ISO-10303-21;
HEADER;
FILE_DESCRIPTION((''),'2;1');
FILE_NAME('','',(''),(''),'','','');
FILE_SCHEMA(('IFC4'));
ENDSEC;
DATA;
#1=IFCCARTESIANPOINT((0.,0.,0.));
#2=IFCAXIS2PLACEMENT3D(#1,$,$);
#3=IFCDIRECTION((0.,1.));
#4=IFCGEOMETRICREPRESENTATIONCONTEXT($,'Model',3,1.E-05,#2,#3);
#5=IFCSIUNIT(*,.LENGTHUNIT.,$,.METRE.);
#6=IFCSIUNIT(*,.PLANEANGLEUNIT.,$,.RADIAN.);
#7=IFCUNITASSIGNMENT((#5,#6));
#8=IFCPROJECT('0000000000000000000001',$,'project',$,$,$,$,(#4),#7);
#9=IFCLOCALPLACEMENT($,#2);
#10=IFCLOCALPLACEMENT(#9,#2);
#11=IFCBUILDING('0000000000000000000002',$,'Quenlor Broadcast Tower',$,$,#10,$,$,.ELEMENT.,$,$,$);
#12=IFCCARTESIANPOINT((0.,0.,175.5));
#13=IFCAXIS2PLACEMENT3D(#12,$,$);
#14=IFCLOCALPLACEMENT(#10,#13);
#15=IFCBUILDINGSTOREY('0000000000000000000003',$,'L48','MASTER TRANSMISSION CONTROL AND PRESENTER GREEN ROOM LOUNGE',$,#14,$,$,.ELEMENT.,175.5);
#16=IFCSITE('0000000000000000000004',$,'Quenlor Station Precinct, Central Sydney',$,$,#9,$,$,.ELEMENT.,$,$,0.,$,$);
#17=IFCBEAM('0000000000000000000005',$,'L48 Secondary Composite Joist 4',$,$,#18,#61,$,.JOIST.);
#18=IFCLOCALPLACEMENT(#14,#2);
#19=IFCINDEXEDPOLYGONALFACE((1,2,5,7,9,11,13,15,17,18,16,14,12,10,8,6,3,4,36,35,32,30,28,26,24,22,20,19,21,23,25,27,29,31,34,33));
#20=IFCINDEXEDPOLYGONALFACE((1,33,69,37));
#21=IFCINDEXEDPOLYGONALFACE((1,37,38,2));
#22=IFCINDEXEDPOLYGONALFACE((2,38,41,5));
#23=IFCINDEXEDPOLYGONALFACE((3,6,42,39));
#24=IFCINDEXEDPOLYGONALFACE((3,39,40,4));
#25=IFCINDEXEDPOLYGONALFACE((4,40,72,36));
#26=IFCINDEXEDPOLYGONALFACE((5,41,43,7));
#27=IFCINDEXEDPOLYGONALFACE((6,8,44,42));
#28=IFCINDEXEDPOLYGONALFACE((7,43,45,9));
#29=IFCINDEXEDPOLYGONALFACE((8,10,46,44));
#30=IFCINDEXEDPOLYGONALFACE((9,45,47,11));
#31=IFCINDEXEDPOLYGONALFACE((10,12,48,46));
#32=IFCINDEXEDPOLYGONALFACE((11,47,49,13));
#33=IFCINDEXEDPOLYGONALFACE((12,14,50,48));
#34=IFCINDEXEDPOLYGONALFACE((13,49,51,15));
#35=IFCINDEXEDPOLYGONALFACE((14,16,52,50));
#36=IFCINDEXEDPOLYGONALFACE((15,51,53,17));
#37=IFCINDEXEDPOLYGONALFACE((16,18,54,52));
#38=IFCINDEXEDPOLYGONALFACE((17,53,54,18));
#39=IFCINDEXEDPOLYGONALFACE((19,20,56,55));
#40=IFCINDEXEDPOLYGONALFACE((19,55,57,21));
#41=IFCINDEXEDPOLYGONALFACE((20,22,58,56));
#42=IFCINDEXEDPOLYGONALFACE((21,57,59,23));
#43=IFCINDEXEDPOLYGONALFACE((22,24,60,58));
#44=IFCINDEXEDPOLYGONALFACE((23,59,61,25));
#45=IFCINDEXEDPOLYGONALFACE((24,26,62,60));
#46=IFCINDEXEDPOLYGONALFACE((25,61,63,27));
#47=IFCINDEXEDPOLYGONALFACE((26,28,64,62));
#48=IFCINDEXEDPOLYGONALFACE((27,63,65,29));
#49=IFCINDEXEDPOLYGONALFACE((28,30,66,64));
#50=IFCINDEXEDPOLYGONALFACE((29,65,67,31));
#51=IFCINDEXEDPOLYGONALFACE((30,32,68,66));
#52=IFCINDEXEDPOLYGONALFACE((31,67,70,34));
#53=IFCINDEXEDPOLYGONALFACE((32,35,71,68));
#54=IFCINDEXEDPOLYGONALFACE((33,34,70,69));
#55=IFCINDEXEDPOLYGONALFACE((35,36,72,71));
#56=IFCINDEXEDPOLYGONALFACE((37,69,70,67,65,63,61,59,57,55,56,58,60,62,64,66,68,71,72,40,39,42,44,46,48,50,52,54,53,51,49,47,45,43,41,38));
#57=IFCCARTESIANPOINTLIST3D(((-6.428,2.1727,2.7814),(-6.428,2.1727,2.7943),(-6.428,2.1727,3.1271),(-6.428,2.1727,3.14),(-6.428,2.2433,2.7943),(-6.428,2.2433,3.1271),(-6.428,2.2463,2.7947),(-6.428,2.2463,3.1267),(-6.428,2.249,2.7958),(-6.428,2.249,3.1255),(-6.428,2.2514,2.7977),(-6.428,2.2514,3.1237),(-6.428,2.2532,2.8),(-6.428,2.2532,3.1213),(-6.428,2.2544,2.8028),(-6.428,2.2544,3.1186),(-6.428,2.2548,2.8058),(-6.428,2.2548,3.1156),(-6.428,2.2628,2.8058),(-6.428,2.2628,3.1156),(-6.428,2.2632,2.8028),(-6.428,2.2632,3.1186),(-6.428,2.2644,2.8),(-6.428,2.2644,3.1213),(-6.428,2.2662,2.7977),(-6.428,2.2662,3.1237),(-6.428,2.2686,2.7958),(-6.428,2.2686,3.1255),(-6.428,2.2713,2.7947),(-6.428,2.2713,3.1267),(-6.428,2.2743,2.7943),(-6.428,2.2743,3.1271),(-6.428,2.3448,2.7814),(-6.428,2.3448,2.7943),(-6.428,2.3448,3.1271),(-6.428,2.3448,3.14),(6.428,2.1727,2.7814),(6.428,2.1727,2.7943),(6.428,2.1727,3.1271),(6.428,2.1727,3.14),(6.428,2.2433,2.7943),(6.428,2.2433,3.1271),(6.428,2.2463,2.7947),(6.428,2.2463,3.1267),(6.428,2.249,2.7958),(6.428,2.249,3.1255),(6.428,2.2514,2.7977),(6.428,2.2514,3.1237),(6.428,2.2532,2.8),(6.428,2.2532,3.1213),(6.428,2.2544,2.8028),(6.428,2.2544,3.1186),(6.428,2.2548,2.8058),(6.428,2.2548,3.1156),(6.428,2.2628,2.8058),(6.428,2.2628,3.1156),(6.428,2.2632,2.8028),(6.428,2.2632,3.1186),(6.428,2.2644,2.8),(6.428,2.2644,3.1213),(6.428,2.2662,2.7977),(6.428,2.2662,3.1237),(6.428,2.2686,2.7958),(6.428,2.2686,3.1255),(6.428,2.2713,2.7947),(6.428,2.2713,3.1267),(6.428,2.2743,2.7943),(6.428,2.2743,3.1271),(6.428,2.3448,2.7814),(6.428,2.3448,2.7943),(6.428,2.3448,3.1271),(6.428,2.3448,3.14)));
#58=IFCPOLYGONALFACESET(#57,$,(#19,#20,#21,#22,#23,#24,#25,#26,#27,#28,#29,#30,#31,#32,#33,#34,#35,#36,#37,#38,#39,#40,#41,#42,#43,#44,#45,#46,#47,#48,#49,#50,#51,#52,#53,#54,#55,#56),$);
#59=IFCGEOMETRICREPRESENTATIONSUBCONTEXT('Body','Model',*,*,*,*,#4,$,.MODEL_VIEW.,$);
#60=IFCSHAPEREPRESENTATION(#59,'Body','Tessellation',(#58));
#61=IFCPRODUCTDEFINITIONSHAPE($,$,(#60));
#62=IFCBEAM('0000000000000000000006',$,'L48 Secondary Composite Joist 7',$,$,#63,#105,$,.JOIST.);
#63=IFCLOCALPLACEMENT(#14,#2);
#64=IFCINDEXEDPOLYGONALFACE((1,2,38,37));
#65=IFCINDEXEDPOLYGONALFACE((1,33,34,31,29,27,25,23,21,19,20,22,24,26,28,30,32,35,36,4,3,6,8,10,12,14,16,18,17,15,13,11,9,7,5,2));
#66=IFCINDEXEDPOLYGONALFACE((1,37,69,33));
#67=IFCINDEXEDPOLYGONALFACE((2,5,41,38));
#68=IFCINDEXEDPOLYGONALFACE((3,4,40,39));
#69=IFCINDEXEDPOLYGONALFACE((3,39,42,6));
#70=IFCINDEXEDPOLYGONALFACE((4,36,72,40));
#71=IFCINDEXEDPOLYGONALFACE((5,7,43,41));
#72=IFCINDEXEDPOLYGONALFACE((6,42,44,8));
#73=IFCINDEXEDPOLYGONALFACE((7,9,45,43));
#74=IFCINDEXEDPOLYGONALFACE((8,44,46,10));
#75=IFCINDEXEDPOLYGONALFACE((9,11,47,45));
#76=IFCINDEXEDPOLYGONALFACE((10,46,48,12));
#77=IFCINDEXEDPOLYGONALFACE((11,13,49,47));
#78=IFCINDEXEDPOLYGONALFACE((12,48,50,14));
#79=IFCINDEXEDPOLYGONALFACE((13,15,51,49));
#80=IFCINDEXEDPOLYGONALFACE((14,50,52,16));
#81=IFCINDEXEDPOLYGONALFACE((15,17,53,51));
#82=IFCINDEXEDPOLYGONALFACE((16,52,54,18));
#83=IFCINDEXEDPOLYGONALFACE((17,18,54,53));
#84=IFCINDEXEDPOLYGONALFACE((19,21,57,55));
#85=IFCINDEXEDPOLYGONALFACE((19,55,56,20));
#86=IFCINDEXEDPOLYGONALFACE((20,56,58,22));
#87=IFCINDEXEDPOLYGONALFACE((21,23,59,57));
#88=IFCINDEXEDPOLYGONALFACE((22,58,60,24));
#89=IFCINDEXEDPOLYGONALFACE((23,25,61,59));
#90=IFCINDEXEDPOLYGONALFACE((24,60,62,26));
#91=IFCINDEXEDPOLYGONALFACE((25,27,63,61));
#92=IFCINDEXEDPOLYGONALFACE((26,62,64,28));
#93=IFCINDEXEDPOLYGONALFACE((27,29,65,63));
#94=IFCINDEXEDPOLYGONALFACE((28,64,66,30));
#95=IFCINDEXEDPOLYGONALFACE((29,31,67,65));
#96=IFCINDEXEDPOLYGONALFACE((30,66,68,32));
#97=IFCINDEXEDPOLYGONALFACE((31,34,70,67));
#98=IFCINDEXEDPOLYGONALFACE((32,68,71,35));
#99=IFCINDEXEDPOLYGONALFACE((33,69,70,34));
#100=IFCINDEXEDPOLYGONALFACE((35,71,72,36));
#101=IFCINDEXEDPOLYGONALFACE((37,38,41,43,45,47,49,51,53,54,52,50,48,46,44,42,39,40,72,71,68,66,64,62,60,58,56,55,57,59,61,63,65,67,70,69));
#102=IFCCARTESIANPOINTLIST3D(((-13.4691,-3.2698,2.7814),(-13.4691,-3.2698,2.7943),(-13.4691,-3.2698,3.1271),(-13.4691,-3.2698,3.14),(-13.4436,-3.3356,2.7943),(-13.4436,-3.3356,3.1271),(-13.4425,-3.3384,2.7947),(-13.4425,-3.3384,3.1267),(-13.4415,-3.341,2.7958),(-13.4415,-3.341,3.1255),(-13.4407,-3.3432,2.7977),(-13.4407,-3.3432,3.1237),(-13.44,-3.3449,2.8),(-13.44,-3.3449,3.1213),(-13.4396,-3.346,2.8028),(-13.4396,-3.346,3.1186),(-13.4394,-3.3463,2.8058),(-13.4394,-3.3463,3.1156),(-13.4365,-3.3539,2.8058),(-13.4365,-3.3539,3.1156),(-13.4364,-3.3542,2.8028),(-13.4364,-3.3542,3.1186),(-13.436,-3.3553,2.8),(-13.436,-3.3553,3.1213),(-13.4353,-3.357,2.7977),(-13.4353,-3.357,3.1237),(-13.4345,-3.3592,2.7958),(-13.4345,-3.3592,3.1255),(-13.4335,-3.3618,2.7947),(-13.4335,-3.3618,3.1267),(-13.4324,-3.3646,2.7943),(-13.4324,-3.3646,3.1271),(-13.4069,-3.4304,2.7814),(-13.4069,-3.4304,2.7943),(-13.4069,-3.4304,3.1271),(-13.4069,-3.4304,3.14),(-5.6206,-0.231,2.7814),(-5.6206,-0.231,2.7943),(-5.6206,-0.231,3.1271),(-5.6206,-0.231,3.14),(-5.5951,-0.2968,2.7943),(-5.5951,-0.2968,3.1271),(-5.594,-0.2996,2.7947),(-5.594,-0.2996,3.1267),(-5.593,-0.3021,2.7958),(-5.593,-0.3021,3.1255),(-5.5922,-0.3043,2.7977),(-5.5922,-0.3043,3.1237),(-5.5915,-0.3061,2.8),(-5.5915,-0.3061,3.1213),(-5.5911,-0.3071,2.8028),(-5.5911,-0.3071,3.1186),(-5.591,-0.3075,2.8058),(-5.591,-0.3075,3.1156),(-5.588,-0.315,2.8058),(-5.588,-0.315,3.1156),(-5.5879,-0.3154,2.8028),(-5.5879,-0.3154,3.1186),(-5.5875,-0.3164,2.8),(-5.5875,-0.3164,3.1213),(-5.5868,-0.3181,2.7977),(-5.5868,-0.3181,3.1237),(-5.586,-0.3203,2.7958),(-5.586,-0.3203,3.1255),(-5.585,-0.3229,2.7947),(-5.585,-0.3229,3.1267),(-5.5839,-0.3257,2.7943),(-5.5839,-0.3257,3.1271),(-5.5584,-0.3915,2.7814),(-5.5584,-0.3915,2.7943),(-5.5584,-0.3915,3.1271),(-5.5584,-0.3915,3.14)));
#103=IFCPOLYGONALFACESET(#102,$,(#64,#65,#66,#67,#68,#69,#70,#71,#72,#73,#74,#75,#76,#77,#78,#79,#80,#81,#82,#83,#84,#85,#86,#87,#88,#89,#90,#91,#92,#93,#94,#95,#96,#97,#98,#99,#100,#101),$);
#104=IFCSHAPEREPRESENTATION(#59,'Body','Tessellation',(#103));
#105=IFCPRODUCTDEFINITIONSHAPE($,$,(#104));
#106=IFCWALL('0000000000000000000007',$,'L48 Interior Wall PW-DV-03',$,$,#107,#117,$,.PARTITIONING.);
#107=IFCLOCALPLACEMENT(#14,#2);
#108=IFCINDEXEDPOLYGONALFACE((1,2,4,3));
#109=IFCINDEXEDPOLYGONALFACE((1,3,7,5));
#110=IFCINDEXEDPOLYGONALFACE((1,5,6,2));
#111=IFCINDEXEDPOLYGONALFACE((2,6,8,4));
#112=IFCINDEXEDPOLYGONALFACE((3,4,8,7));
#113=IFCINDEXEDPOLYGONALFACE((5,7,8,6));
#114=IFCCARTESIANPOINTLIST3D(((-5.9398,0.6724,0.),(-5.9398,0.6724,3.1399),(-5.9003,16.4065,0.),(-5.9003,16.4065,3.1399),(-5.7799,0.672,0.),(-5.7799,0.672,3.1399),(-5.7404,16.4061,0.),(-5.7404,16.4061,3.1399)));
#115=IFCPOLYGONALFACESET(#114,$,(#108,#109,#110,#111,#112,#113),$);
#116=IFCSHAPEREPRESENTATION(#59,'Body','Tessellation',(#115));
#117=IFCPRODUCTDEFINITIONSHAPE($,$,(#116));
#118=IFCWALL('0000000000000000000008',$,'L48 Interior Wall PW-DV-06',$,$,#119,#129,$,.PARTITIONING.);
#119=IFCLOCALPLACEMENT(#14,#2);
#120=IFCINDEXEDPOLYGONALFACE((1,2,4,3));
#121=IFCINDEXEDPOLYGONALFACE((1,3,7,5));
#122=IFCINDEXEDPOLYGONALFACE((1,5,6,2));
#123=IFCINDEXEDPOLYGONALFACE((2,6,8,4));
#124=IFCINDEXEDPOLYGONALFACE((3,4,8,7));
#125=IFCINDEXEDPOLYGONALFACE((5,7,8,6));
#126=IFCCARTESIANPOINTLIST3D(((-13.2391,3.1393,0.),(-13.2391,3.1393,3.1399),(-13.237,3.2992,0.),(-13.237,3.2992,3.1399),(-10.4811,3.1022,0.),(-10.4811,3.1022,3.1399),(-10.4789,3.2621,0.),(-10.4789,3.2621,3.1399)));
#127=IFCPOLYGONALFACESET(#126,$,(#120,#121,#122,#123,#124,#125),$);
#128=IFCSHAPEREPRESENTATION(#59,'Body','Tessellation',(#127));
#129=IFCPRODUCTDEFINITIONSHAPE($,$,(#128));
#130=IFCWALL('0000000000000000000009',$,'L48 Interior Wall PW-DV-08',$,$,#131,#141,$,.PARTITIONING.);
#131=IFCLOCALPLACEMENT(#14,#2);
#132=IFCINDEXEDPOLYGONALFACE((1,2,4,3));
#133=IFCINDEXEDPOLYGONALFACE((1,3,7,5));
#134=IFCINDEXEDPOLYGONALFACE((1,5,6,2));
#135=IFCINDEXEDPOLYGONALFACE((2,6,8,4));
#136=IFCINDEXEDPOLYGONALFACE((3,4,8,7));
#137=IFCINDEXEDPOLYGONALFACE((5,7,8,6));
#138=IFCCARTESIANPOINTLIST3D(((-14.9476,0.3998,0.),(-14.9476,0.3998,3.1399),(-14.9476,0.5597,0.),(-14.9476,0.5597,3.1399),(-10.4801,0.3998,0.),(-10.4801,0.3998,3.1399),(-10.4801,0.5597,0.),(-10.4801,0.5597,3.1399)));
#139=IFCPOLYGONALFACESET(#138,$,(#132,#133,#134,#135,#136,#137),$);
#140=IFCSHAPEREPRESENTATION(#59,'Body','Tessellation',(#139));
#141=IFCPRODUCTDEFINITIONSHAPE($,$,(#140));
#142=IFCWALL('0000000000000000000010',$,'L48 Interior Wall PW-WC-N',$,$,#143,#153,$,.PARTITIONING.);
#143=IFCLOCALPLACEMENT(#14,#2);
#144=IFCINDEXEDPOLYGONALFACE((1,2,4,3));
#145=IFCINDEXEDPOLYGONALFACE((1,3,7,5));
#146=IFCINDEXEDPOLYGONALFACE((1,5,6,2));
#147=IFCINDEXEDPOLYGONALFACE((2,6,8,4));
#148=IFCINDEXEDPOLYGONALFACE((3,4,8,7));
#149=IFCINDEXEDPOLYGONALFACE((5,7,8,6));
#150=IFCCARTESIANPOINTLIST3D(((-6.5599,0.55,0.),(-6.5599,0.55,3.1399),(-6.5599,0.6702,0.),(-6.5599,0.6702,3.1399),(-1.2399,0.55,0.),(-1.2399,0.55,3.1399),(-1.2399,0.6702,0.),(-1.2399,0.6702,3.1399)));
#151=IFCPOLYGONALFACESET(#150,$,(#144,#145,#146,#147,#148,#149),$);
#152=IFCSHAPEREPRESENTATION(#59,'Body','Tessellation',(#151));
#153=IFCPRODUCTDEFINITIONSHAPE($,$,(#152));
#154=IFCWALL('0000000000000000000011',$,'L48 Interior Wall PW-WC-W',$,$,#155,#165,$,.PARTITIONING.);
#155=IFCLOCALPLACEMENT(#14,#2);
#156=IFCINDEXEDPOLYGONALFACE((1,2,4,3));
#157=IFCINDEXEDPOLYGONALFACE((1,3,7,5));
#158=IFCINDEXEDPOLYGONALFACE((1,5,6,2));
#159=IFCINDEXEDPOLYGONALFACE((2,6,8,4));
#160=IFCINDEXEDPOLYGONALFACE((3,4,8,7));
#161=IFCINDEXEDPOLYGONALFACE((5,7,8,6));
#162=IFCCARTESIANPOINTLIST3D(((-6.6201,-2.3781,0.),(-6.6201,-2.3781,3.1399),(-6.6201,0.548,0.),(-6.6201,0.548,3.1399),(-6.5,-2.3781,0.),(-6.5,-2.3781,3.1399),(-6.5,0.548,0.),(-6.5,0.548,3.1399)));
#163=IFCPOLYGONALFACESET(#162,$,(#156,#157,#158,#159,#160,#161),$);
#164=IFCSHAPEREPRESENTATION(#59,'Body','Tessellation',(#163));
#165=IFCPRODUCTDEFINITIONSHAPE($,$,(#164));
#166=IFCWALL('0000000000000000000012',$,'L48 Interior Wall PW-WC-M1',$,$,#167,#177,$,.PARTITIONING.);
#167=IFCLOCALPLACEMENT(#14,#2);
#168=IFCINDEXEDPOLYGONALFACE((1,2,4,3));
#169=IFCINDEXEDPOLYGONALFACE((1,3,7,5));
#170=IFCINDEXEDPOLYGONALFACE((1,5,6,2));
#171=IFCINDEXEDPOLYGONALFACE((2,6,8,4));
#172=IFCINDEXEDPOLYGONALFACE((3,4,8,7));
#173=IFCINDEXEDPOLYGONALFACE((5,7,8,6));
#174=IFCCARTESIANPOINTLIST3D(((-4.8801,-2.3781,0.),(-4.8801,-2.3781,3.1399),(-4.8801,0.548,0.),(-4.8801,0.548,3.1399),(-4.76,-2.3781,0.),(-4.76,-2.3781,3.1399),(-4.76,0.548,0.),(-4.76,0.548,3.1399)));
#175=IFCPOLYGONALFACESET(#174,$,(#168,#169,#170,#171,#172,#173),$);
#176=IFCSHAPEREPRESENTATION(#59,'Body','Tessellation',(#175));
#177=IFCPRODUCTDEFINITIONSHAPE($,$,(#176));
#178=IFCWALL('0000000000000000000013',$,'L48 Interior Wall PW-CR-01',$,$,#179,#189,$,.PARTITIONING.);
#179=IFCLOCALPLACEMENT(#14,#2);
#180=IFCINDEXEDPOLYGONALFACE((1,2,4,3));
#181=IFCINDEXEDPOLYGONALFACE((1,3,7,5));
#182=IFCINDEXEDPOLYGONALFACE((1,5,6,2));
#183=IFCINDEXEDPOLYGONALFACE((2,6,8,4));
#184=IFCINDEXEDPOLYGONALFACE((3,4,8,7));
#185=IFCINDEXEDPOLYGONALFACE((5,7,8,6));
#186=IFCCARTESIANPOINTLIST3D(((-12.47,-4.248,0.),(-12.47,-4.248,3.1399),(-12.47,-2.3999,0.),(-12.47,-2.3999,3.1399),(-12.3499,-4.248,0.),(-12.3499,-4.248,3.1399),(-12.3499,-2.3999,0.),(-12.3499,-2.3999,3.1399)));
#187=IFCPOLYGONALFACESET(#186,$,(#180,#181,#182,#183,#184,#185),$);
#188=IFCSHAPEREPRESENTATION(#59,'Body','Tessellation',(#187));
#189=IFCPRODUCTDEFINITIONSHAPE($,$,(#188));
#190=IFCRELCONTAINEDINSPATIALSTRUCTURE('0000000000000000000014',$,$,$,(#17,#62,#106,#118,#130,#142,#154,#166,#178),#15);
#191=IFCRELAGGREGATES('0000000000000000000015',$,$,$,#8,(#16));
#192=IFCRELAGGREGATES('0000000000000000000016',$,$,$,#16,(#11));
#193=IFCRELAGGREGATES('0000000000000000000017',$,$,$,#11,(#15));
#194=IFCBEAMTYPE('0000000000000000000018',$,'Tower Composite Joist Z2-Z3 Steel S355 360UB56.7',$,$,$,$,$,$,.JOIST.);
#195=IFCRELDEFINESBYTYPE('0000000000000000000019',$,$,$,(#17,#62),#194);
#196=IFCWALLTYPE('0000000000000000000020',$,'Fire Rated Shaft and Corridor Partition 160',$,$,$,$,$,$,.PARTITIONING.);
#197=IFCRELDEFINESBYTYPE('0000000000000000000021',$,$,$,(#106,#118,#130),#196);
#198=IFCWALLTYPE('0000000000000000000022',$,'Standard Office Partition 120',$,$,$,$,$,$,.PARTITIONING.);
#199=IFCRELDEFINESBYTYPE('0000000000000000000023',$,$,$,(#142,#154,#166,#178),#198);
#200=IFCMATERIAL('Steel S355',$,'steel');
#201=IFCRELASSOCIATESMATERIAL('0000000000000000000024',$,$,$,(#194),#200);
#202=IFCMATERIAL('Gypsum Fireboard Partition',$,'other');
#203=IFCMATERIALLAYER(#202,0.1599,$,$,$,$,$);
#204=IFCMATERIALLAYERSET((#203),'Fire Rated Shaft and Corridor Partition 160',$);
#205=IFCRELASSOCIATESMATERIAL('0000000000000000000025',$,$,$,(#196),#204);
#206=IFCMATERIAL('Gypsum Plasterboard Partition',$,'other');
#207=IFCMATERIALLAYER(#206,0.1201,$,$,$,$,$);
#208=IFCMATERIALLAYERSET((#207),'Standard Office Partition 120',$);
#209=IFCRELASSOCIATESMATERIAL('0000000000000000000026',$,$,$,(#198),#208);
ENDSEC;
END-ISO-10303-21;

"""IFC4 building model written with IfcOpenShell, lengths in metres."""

from ifc_helpers import new_model, si_unit, direction, frame, frame_2d, origin, origin_2d, place, context, subcontext, project, spatial, rectangle, i_section, extrude, material, layer, layer_set, material_profile, profile_set, type_object, element, save


model = new_model("IFC4")

# Units and contexts
model_context = context("Model", 3, precision=1e-05, world=origin(), true_north=direction((0.0, 1.0)))
body_context = subcontext(model_context, "Body", "Model", "MODEL_VIEW")
ifc_project = project(units=[si_unit("LENGTHUNIT", "METRE"), si_unit("PLANEANGLEUNIT", "RADIAN")], contexts=[model_context])

# Site, building, storey
site_placement = place(None, origin())
site = spatial("IfcSite", under=ifc_project, at=site_placement, Name="Quenlor Station Precinct, Central Sydney", CompositionType="ELEMENT", RefElevation=0.0)
building_placement = place(site_placement, origin())
building = spatial("IfcBuilding", under=site, at=building_placement, Name="Quenlor Broadcast Tower", CompositionType="ELEMENT")
storey_placement = place(building_placement, frame((0.0, 0.0, 175.5)))
storey = spatial("IfcBuildingStorey", under=building, at=storey_placement, Name="L48", Description="MASTER TRANSMISSION CONTROL AND PRESENTER GREEN ROOM LOUNGE", CompositionType="ELEMENT", Elevation=175.5)

# Beams
ifc_material_1 = material(Name="Steel S355", Category="steel")
ifc_material_profile_1 = material_profile(ifc_material_1, i_section(OverallWidth=0.1721, OverallDepth=0.3586, WebThickness=0.0081, FlangeThickness=0.0129, FilletRadius=0.0115, at=origin_2d()))
ifc_profile_set_1 = profile_set([ifc_material_profile_1], Name="Steel S355 360UB56.7")
beam_type = type_object("IfcBeamType", Name="Tower Composite Joist Z2-Z3 Steel S355 360UB56.7", PredefinedType="JOIST", material=ifc_profile_set_1)
beam_1_placement = place(storey_placement, frame((-6.428, 2.2588, 2.9607), z_axis=(1.0, 0.0, 0.0), x_axis=(0.0, 1.0, 0.0)))
element("IfcBeam", 1, at=beam_1_placement, inside=storey, type_object=beam_type, Name="L48 Secondary Composite Joist 4", PredefinedType="JOIST", context=body_context, shape_type="SweptSolid", body=[
    extrude(i_section(OverallWidth=0.1721, OverallDepth=0.3586, WebThickness=0.0081, FlangeThickness=0.0129, FilletRadius=0.0115, at=origin_2d()), origin(), (0.0, 0.0, 1.0), 12.856),
])
beam_2_placement = place(storey_placement, frame((-13.438, -3.3501, 2.9607), z_axis=(0.932539, 0.36107, 0.0), x_axis=(-0.36107, 0.932539, 0.0)))
element("IfcBeam", 2, at=beam_2_placement, inside=storey, type_object=beam_type, Name="L48 Secondary Composite Joist 7", PredefinedType="JOIST", context=body_context, shape_type="SweptSolid", body=[
    extrude(i_section(OverallWidth=0.1721, OverallDepth=0.3586, WebThickness=0.0081, FlangeThickness=0.0129, FilletRadius=0.0115, at=origin_2d()), origin(), (0.0, 0.0, 1.0), 8.4163),
])

# Walls
ifc_material_2 = material(Name="Gypsum Fireboard Partition", Category="other")
ifc_layer_1 = layer(ifc_material_2, 0.1599)
ifc_layer_set_1 = layer_set([ifc_layer_1], Name="Fire Rated Shaft and Corridor Partition 160")
wall_type_1 = type_object("IfcWallType", Name="Fire Rated Shaft and Corridor Partition 160", PredefinedType="PARTITIONING", material=ifc_layer_set_1)
wall_1_placement = place(storey_placement, frame((-5.8599, 0.6721, 0.0), z_axis=(0.0, 0.0, 1.0), x_axis=(0.002514, 0.999997, 0.0)))
element("IfcWall", 3, at=wall_1_placement, inside=storey, type_object=wall_type_1, Name="L48 Interior Wall PW-DV-03", PredefinedType="PARTITIONING", context=body_context, shape_type="SweptSolid", body=[
    extrude(rectangle(XDim=15.7341, YDim=0.1599, at=frame_2d((7.8672, 0.0))), origin(), (0.0, 0.0, 1.0), 3.1399),
])
wall_2_placement = place(storey_placement, frame((-10.48, 3.1821, 0.0), z_axis=(0.0, 0.0, 1.0), x_axis=(-0.999909, 0.013454, 0.0)))
element("IfcWall", 4, at=wall_2_placement, inside=storey, type_object=wall_type_1, Name="L48 Interior Wall PW-DV-06", PredefinedType="PARTITIONING", context=body_context, shape_type="SweptSolid", body=[
    extrude(rectangle(XDim=2.7583, YDim=0.1599, at=frame_2d((1.3792, 0.0))), origin(), (0.0, 0.0, 1.0), 3.1399),
])
wall_3_placement = place(storey_placement, frame((-10.48, 0.4797, 0.0), z_axis=(0.0, 0.0, 1.0), x_axis=(-1.0, 0.0, 0.0)))
element("IfcWall", 5, at=wall_3_placement, inside=storey, type_object=wall_type_1, Name="L48 Interior Wall PW-DV-08", PredefinedType="PARTITIONING", context=body_context, shape_type="SweptSolid", body=[
    extrude(rectangle(XDim=4.4675, YDim=0.1599, at=frame_2d((2.2339, 0.0))), origin(), (0.0, 0.0, 1.0), 3.1399),
])

# Shared definitions
ifc_material_3 = material(Name="Gypsum Plasterboard Partition", Category="other")
ifc_layer_2 = layer(ifc_material_3, 0.1201)
ifc_layer_set_2 = layer_set([ifc_layer_2], Name="Standard Office Partition 120")
wall_type_2 = type_object("IfcWallType", Name="Standard Office Partition 120", PredefinedType="PARTITIONING", material=ifc_layer_set_2)

# Walls
wall_4_placement = place(storey_placement, frame((-6.5601, 0.6101, 0.0), z_axis=(0.0, 0.0, 1.0), x_axis=(1.0, 0.0, 0.0)))
element("IfcWall", 6, at=wall_4_placement, inside=storey, type_object=wall_type_2, Name="L48 Interior Wall PW-WC-N", PredefinedType="PARTITIONING", context=body_context, shape_type="SweptSolid", body=[
    extrude(rectangle(XDim=5.3201, YDim=0.1201, at=frame_2d((2.6602, 0.0))), origin(), (0.0, 0.0, 1.0), 3.1399),
])
for number, where, z_axis, x_axis, name in (
    (7, (-6.5601, -2.3779, 0.0), (0.0, 0.0, 1.0), (0.0, 1.0, 0.0), "L48 Interior Wall PW-WC-W"),
    (8, (-4.8201, -2.3779, 0.0), (0.0, 0.0, 1.0), (0.0, 1.0, 0.0), "L48 Interior Wall PW-WC-M1"),
):
    element("IfcWall", number, at=place(storey_placement, frame(where, z_axis=z_axis, x_axis=x_axis)), inside=storey, type_object=wall_type_2, Name=name, PredefinedType="PARTITIONING", context=body_context, shape_type="SweptSolid", body=[
        extrude(rectangle(XDim=2.926, YDim=0.1201, at=frame_2d((1.4629, 0.0))), origin(), (0.0, 0.0, 1.0), 3.1399),
    ])
wall_5_placement = place(storey_placement, frame((-12.4099, -4.248, 0.0), z_axis=(0.0, 0.0, 1.0), x_axis=(0.0, 1.0, 0.0)))
element("IfcWall", 9, at=wall_5_placement, inside=storey, type_object=wall_type_2, Name="L48 Interior Wall PW-CR-01", PredefinedType="PARTITIONING", context=body_context, shape_type="SweptSolid", body=[
    extrude(rectangle(XDim=1.8481, YDim=0.1201, at=frame_2d((0.9241, 0.0))), origin(), (0.0, 0.0, 1.0), 3.1399),
])

save(model, "model.ifc")
